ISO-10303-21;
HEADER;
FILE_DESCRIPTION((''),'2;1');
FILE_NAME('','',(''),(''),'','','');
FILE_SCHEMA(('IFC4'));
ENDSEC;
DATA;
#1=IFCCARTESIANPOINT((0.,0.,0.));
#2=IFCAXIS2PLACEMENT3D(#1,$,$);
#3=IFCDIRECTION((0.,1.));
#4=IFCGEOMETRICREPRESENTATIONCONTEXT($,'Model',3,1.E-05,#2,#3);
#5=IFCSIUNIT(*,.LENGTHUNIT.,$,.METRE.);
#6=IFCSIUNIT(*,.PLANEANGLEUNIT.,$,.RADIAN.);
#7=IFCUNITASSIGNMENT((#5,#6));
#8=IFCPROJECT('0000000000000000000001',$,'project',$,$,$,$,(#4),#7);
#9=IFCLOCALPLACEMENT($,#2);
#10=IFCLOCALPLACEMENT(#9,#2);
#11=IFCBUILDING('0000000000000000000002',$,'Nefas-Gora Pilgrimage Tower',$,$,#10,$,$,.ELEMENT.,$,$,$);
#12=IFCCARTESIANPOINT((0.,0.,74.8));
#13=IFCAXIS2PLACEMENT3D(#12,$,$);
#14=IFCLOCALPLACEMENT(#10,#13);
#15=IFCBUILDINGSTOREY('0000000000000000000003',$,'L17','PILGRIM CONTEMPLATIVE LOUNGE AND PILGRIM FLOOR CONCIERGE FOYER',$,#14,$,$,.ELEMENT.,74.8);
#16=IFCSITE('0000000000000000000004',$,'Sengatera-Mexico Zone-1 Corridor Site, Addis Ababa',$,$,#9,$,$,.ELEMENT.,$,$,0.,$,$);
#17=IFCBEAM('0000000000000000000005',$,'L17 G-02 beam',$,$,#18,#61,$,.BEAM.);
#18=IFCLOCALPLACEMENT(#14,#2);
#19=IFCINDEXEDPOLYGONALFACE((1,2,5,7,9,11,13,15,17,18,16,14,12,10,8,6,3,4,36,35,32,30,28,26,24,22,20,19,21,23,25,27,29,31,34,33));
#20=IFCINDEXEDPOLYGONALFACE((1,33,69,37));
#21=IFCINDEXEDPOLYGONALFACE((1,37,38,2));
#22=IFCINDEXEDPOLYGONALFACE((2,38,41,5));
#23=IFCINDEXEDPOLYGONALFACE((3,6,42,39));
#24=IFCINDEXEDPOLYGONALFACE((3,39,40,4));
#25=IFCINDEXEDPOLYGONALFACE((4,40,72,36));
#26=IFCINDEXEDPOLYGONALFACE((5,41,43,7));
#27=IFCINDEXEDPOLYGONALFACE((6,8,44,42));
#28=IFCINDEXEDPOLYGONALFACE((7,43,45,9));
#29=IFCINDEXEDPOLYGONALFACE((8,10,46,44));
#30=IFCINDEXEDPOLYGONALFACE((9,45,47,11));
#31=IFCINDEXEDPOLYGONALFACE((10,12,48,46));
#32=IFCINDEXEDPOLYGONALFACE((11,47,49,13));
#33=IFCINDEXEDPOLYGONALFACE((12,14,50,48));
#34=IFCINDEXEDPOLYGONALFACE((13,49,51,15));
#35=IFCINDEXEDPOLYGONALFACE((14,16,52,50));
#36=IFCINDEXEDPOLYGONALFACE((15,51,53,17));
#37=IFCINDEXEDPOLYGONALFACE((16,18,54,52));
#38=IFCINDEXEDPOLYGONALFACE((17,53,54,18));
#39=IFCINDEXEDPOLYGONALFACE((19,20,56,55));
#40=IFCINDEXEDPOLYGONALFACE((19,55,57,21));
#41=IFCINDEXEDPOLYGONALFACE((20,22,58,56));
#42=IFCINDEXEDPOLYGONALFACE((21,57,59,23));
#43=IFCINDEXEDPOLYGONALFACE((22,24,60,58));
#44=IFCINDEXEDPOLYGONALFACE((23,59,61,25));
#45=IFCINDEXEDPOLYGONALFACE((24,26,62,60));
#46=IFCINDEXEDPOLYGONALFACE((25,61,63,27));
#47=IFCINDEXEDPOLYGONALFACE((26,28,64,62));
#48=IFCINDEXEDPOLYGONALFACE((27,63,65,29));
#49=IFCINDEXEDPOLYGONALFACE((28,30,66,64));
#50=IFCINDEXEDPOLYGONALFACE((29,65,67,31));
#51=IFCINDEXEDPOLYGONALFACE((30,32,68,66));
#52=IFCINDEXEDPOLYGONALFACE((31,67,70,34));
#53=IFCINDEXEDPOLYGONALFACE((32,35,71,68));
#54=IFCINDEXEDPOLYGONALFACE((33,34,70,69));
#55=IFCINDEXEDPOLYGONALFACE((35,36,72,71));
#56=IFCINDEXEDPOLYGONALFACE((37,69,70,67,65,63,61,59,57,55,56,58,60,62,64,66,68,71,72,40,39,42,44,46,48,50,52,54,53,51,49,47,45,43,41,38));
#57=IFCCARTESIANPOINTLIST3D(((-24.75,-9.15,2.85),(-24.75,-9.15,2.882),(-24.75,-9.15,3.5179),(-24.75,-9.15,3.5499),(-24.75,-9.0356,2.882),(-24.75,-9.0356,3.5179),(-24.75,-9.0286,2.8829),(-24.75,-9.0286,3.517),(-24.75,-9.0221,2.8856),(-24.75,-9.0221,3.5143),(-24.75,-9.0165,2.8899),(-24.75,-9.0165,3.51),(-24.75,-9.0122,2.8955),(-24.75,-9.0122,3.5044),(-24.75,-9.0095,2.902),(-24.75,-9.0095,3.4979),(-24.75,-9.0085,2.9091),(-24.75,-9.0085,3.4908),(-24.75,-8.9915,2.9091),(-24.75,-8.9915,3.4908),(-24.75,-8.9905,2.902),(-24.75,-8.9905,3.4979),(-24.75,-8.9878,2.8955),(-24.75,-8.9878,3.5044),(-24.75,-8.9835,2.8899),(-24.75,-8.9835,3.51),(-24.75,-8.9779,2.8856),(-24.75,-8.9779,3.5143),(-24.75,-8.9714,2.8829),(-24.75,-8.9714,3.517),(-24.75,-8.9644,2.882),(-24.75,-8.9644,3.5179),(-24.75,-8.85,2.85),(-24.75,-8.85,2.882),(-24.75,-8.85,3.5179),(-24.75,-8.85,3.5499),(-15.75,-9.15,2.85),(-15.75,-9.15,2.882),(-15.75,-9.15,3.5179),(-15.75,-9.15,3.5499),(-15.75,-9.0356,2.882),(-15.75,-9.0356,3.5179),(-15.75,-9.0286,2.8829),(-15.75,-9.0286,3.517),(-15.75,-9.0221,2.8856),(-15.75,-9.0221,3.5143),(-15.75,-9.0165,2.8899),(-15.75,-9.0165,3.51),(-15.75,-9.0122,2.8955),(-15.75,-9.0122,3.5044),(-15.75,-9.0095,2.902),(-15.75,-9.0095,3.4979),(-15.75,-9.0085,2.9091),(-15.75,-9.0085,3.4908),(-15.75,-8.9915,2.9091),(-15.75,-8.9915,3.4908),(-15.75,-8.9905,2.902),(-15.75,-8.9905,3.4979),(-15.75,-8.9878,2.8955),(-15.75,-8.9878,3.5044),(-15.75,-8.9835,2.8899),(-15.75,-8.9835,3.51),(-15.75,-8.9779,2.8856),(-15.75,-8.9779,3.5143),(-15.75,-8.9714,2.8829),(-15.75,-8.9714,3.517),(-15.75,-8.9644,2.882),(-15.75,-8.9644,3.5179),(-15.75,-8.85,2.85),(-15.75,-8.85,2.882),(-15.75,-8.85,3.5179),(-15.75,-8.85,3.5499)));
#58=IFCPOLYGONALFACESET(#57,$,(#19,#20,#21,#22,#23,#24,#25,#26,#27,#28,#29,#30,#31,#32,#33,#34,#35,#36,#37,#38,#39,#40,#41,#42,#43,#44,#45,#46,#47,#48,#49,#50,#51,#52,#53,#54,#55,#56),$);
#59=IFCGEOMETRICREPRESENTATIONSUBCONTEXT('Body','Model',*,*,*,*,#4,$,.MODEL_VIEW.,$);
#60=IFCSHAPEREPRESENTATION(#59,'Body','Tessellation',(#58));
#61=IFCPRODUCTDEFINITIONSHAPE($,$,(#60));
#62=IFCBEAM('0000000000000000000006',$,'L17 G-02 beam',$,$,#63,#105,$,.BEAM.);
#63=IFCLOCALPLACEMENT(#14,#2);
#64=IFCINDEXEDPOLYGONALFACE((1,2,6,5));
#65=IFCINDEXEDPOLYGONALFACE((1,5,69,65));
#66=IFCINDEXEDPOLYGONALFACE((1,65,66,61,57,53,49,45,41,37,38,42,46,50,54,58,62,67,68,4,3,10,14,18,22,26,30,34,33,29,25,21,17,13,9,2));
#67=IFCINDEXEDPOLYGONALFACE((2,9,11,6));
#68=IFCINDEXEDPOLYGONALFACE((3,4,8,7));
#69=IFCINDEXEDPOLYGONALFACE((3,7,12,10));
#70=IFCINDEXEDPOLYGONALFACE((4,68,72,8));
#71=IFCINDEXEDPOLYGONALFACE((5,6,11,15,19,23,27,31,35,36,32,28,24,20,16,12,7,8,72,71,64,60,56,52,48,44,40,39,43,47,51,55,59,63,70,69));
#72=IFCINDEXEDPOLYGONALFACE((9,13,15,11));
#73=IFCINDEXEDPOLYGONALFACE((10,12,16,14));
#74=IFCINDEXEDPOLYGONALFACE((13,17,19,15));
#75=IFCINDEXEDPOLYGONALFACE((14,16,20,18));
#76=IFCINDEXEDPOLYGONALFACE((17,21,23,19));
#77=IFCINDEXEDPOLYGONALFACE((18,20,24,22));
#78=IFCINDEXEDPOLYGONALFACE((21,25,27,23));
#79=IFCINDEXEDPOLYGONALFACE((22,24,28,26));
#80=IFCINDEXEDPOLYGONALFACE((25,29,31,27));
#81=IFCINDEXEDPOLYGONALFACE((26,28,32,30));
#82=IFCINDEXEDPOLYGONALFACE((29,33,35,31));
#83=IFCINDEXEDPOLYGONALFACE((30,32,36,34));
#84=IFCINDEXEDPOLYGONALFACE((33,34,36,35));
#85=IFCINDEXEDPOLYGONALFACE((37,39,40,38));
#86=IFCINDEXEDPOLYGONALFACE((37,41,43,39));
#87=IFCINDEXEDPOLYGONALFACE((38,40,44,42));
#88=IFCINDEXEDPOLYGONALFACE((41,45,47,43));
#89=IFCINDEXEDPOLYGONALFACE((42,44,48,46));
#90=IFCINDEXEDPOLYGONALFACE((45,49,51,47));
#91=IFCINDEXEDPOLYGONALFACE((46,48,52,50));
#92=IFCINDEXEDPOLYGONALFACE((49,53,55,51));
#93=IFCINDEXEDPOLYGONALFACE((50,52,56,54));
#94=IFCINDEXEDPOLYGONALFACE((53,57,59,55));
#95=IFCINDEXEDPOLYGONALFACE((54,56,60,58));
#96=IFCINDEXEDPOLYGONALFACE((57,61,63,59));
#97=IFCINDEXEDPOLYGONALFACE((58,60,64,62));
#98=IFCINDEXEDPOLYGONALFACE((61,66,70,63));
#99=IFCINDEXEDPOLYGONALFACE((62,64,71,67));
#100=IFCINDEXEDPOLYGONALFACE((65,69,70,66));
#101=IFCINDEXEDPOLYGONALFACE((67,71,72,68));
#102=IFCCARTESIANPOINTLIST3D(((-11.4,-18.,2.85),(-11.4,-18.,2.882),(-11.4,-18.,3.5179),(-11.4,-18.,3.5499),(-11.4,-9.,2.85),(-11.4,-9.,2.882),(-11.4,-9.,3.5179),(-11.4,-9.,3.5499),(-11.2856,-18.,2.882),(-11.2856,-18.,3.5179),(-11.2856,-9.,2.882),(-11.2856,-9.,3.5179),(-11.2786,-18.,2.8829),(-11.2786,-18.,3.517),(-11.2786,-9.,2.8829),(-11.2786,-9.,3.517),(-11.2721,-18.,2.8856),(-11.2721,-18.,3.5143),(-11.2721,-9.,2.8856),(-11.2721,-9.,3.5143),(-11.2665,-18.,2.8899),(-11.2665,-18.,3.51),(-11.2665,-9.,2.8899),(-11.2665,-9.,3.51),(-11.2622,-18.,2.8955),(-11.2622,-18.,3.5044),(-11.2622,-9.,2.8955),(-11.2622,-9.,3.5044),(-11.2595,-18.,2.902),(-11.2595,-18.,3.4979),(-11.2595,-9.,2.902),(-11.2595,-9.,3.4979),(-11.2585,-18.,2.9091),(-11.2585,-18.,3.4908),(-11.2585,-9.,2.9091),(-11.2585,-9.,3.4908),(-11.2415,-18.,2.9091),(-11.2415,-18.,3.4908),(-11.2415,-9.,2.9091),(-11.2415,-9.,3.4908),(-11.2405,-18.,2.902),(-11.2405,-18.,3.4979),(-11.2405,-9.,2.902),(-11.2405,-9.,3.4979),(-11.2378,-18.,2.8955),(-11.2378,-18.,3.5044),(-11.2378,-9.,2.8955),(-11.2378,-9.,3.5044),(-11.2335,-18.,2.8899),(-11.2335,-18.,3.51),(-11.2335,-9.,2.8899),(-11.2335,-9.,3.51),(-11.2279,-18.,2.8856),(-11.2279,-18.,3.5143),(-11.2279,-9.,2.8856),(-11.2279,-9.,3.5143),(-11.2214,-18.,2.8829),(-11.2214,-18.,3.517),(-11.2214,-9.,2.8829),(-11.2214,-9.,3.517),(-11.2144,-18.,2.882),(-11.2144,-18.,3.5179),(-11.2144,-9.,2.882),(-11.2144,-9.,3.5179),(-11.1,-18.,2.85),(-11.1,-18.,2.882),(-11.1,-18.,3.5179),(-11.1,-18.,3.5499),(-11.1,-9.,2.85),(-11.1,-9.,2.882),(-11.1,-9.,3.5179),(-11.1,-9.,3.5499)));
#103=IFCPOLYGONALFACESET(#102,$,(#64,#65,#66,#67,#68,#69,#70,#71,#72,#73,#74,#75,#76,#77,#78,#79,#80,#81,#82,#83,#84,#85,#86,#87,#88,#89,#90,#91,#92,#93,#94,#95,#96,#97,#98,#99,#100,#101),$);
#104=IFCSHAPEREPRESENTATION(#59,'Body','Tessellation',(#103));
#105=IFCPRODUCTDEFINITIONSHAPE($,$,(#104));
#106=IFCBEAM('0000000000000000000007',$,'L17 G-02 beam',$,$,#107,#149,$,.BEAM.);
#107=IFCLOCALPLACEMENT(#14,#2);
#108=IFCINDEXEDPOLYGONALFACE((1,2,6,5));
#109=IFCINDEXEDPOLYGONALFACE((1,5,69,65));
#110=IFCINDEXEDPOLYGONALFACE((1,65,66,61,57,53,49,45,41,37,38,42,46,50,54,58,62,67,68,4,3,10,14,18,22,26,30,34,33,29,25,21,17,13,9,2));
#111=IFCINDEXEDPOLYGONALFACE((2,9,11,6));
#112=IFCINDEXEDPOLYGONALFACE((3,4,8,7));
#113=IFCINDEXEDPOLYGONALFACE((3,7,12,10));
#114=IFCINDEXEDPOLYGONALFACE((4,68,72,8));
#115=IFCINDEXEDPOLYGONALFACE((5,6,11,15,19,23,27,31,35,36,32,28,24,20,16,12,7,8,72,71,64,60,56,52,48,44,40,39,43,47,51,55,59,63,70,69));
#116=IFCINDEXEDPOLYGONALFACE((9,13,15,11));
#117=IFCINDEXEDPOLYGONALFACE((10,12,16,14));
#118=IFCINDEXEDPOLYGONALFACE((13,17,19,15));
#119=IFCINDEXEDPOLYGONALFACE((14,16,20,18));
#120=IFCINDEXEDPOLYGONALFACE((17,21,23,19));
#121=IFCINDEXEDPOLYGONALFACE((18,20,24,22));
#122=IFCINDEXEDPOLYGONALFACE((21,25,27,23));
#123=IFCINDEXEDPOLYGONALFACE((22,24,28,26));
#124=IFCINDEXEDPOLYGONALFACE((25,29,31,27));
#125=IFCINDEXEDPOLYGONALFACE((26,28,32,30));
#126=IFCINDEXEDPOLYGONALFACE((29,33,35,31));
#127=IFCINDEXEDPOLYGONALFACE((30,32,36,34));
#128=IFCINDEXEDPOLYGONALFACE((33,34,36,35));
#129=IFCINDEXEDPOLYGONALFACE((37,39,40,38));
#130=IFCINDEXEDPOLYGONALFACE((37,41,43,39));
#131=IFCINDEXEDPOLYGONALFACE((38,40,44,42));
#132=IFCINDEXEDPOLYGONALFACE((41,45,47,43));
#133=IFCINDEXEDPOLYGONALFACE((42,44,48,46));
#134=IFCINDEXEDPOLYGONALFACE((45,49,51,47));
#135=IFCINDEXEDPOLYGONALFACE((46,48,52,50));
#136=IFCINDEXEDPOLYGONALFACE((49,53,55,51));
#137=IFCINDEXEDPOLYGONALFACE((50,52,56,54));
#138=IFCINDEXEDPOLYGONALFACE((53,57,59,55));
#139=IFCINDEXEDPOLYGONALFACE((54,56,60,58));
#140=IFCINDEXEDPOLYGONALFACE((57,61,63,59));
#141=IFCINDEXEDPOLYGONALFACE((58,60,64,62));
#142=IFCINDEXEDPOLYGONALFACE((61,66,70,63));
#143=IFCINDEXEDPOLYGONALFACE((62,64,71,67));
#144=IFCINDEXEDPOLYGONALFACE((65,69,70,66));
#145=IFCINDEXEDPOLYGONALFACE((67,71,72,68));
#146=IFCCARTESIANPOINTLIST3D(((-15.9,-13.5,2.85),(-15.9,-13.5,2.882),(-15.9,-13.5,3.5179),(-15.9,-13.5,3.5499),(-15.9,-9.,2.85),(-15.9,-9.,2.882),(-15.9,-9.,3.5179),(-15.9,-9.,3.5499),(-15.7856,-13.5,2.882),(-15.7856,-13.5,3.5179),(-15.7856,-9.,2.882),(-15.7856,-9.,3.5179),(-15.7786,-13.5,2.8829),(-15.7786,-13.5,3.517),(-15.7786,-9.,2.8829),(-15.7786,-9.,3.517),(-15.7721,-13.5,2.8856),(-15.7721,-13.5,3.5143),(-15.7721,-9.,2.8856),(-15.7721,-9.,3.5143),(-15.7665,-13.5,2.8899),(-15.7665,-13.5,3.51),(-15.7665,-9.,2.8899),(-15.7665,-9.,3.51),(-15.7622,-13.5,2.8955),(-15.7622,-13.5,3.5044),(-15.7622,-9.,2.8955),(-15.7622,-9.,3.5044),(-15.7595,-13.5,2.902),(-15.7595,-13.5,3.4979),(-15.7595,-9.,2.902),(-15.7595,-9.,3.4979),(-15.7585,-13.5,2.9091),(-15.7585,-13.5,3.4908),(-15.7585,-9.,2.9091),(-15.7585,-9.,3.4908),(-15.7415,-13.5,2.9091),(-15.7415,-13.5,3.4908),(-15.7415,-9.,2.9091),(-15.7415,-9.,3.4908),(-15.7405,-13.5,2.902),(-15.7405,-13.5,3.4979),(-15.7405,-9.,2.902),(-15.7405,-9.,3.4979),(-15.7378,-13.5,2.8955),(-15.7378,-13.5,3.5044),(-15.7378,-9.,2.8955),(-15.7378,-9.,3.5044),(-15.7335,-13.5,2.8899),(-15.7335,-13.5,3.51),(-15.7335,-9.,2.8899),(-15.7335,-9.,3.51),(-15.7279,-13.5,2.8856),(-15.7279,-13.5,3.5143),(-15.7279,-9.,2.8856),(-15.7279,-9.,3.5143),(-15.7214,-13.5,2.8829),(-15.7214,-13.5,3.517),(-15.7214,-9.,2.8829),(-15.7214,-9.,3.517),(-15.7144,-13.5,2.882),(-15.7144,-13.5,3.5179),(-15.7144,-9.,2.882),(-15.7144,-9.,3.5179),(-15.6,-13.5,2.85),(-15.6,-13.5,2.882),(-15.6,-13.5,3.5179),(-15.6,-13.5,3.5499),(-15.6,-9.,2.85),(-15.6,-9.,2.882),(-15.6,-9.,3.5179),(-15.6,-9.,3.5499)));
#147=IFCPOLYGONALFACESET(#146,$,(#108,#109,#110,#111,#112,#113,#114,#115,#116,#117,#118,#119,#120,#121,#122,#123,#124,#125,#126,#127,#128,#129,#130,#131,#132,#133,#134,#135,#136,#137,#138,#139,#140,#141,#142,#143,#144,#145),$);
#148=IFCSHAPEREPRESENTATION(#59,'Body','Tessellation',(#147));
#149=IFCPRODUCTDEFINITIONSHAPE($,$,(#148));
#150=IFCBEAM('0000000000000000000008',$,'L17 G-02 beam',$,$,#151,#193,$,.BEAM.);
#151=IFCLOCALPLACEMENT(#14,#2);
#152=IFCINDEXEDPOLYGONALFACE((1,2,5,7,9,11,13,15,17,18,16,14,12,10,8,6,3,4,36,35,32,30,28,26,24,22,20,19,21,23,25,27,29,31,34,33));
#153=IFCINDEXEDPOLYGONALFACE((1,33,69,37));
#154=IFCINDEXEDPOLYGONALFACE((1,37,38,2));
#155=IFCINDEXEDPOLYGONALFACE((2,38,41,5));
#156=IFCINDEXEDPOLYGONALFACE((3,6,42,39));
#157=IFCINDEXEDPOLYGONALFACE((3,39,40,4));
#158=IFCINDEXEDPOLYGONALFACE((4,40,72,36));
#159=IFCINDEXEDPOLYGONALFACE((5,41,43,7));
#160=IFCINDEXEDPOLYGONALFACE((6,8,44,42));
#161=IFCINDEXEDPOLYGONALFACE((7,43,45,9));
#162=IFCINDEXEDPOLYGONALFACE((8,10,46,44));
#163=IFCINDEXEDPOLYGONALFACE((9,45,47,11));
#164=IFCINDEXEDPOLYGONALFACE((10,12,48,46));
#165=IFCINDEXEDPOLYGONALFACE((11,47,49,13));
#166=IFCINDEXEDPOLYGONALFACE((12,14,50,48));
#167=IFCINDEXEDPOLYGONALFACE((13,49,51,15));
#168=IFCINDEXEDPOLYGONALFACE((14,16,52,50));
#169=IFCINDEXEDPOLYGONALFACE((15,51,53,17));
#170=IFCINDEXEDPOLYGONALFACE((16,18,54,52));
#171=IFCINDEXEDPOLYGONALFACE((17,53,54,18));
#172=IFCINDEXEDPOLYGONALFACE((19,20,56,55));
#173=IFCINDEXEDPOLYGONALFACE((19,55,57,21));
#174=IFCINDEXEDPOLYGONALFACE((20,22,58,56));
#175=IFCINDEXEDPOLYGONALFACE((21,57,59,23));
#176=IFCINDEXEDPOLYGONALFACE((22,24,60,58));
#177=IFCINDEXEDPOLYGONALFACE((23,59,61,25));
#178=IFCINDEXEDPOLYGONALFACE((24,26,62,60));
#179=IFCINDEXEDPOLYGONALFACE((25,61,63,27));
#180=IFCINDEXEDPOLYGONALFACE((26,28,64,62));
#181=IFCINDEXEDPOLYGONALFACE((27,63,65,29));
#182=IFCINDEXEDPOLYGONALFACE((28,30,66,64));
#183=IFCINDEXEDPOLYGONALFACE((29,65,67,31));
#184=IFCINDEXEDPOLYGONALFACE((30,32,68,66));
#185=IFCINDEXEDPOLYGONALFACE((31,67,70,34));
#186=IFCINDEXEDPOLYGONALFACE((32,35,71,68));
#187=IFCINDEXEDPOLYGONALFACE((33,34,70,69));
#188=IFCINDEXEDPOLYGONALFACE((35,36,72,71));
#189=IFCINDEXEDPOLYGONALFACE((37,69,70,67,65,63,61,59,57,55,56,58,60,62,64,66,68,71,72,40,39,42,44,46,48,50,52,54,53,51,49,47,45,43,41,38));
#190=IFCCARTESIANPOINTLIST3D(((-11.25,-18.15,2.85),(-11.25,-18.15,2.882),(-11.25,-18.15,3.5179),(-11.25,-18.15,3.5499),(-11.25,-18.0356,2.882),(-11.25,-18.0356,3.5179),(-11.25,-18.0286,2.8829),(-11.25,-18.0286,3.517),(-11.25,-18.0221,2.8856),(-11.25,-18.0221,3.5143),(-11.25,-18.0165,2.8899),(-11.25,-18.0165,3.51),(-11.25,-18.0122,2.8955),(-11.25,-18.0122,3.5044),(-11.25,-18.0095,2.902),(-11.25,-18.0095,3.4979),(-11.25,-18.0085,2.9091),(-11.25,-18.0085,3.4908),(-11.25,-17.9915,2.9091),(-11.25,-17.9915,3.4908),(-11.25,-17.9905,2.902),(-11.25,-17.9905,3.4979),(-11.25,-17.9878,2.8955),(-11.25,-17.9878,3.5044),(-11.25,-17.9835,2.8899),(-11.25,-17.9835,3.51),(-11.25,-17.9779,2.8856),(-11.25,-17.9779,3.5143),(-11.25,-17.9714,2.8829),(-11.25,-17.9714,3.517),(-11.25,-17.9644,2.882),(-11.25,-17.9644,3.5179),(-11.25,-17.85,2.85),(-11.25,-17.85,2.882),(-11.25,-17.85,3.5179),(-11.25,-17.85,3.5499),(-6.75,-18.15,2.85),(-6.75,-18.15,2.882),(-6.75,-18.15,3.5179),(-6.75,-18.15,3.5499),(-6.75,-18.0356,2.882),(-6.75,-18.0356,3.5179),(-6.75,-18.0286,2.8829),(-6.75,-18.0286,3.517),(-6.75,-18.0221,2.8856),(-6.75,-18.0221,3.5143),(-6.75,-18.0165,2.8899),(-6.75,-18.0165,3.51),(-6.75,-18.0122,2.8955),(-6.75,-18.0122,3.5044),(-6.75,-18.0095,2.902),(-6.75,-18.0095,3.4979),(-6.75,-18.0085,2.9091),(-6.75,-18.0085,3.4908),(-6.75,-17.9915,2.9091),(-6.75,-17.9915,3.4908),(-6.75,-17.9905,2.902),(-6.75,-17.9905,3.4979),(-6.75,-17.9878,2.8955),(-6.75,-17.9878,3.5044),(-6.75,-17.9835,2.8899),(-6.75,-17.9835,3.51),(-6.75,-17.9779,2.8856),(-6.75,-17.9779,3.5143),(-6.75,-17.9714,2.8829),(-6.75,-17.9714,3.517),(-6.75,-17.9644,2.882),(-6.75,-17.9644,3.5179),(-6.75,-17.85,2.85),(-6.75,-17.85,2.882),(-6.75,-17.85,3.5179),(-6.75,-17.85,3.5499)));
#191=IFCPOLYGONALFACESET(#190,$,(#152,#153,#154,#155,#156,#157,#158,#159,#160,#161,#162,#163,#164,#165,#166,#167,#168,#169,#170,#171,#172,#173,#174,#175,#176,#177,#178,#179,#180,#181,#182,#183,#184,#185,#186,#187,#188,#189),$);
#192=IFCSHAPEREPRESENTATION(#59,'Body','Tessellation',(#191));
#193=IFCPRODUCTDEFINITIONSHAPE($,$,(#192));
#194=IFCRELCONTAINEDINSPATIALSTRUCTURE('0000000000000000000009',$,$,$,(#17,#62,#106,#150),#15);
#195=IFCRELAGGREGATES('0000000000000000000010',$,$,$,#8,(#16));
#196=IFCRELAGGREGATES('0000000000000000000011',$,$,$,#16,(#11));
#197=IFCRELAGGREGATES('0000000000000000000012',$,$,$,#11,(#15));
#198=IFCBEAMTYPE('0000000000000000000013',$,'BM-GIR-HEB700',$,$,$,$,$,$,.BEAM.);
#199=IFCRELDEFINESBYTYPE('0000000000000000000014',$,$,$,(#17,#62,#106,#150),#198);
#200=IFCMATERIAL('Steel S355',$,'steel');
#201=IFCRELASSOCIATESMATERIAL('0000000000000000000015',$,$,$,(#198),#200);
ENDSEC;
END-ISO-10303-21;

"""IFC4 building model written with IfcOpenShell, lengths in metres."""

from ifc_helpers import new_model, si_unit, direction, frame, origin, origin_2d, place, context, subcontext, project, spatial, i_section, extrude, source, transform, mapped, material, material_profile, profile_set, type_object, element, save


model = new_model("IFC4")

# Units and contexts
model_context = context("Model", 3, precision=1e-05, world=origin(), true_north=direction((0.0, 1.0)))
body_context = subcontext(model_context, "Body", "Model", "MODEL_VIEW")
ifc_project = project(units=[si_unit("LENGTHUNIT", "METRE"), si_unit("PLANEANGLEUNIT", "RADIAN")], contexts=[model_context])

# Site, building, storey
site_placement = place(None, origin())
site = spatial("IfcSite", under=ifc_project, at=site_placement, Name="Sengatera-Mexico Zone-1 Corridor Site, Addis Ababa", CompositionType="ELEMENT", RefElevation=0.0)
building_placement = place(site_placement, origin())
building = spatial("IfcBuilding", under=site, at=building_placement, Name="Nefas-Gora Pilgrimage Tower", CompositionType="ELEMENT")
storey_placement = place(building_placement, frame((0.0, 0.0, 74.8)))
storey = spatial("IfcBuildingStorey", under=building, at=storey_placement, Name="L17", Description="PILGRIM CONTEMPLATIVE LOUNGE AND PILGRIM FLOOR CONCIERGE FOYER", CompositionType="ELEMENT", Elevation=74.8)

# Beams
ifc_material_1 = material(Name="Steel S355", Category="steel")
ifc_material_profile_1 = material_profile(ifc_material_1, i_section(OverallWidth=0.3, OverallDepth=0.7, WebThickness=0.0171, FlangeThickness=0.032, FilletRadius=0.0271, at=origin_2d()), Name="HEB 700")
ifc_profile_set_1 = profile_set([ifc_material_profile_1], Name="Steel S355")
beam_type = type_object("IfcBeamType", Name="BM-GIR-HEB700", PredefinedType="BEAM", material=ifc_profile_set_1)
shared_shape_1 = source(origin(), body_context, "Body", "SweptSolid", [
    extrude(i_section(OverallWidth=0.3, OverallDepth=0.7, WebThickness=0.0171, FlangeThickness=0.032, FilletRadius=0.0271, at=origin_2d()), origin(), (0.0, 0.0, 1.0), 9.0),
])
for number, where, z_axis, x_axis, name in (
    (1, (-24.75, -9.0, 3.2), (1.0, 0.0, 0.0), (0.0, 1.0, 0.0), "L17 G-02 beam"),
    (2, (-11.25, -18.0, 3.2), (0.0, 1.0, 0.0), (-1.0, 0.0, 0.0), "L17 G-02 beam"),
):
    element("IfcBeam", number, at=place(storey_placement, frame(where, z_axis=z_axis, x_axis=x_axis)), inside=storey, type_object=beam_type, Name=name, PredefinedType="BEAM", context=body_context, shape_type="MappedRepresentation", body=[
        mapped(shared_shape_1, transform((0.0, 0.0, 0.0), x_axis=(1.0, 0.0, 0.0), y_axis=(0.0, 1.0, 0.0), z_axis=(0.0, 0.0, 1.0), scale=1.0)),
    ])
shared_shape_2 = source(origin(), body_context, "Body", "SweptSolid", [
    extrude(i_section(OverallWidth=0.3, OverallDepth=0.7, WebThickness=0.0171, FlangeThickness=0.032, FilletRadius=0.0271, at=origin_2d()), origin(), (0.0, 0.0, 1.0), 4.5),
])
for number, where, z_axis, x_axis, name in (
    (3, (-15.75, -13.5, 3.2), (0.0, 1.0, 0.0), (-1.0, 0.0, 0.0), "L17 G-02 beam"),
    (4, (-11.25, -18.0, 3.2), (1.0, 0.0, 0.0), (0.0, 1.0, 0.0), "L17 G-02 beam"),
):
    element("IfcBeam", number, at=place(storey_placement, frame(where, z_axis=z_axis, x_axis=x_axis)), inside=storey, type_object=beam_type, Name=name, PredefinedType="BEAM", context=body_context, shape_type="MappedRepresentation", body=[
        mapped(shared_shape_2, transform((0.0, 0.0, 0.0), x_axis=(1.0, 0.0, 0.0), y_axis=(0.0, 1.0, 0.0), z_axis=(0.0, 0.0, 1.0), scale=1.0)),
    ])

save(model, "model.ifc")
